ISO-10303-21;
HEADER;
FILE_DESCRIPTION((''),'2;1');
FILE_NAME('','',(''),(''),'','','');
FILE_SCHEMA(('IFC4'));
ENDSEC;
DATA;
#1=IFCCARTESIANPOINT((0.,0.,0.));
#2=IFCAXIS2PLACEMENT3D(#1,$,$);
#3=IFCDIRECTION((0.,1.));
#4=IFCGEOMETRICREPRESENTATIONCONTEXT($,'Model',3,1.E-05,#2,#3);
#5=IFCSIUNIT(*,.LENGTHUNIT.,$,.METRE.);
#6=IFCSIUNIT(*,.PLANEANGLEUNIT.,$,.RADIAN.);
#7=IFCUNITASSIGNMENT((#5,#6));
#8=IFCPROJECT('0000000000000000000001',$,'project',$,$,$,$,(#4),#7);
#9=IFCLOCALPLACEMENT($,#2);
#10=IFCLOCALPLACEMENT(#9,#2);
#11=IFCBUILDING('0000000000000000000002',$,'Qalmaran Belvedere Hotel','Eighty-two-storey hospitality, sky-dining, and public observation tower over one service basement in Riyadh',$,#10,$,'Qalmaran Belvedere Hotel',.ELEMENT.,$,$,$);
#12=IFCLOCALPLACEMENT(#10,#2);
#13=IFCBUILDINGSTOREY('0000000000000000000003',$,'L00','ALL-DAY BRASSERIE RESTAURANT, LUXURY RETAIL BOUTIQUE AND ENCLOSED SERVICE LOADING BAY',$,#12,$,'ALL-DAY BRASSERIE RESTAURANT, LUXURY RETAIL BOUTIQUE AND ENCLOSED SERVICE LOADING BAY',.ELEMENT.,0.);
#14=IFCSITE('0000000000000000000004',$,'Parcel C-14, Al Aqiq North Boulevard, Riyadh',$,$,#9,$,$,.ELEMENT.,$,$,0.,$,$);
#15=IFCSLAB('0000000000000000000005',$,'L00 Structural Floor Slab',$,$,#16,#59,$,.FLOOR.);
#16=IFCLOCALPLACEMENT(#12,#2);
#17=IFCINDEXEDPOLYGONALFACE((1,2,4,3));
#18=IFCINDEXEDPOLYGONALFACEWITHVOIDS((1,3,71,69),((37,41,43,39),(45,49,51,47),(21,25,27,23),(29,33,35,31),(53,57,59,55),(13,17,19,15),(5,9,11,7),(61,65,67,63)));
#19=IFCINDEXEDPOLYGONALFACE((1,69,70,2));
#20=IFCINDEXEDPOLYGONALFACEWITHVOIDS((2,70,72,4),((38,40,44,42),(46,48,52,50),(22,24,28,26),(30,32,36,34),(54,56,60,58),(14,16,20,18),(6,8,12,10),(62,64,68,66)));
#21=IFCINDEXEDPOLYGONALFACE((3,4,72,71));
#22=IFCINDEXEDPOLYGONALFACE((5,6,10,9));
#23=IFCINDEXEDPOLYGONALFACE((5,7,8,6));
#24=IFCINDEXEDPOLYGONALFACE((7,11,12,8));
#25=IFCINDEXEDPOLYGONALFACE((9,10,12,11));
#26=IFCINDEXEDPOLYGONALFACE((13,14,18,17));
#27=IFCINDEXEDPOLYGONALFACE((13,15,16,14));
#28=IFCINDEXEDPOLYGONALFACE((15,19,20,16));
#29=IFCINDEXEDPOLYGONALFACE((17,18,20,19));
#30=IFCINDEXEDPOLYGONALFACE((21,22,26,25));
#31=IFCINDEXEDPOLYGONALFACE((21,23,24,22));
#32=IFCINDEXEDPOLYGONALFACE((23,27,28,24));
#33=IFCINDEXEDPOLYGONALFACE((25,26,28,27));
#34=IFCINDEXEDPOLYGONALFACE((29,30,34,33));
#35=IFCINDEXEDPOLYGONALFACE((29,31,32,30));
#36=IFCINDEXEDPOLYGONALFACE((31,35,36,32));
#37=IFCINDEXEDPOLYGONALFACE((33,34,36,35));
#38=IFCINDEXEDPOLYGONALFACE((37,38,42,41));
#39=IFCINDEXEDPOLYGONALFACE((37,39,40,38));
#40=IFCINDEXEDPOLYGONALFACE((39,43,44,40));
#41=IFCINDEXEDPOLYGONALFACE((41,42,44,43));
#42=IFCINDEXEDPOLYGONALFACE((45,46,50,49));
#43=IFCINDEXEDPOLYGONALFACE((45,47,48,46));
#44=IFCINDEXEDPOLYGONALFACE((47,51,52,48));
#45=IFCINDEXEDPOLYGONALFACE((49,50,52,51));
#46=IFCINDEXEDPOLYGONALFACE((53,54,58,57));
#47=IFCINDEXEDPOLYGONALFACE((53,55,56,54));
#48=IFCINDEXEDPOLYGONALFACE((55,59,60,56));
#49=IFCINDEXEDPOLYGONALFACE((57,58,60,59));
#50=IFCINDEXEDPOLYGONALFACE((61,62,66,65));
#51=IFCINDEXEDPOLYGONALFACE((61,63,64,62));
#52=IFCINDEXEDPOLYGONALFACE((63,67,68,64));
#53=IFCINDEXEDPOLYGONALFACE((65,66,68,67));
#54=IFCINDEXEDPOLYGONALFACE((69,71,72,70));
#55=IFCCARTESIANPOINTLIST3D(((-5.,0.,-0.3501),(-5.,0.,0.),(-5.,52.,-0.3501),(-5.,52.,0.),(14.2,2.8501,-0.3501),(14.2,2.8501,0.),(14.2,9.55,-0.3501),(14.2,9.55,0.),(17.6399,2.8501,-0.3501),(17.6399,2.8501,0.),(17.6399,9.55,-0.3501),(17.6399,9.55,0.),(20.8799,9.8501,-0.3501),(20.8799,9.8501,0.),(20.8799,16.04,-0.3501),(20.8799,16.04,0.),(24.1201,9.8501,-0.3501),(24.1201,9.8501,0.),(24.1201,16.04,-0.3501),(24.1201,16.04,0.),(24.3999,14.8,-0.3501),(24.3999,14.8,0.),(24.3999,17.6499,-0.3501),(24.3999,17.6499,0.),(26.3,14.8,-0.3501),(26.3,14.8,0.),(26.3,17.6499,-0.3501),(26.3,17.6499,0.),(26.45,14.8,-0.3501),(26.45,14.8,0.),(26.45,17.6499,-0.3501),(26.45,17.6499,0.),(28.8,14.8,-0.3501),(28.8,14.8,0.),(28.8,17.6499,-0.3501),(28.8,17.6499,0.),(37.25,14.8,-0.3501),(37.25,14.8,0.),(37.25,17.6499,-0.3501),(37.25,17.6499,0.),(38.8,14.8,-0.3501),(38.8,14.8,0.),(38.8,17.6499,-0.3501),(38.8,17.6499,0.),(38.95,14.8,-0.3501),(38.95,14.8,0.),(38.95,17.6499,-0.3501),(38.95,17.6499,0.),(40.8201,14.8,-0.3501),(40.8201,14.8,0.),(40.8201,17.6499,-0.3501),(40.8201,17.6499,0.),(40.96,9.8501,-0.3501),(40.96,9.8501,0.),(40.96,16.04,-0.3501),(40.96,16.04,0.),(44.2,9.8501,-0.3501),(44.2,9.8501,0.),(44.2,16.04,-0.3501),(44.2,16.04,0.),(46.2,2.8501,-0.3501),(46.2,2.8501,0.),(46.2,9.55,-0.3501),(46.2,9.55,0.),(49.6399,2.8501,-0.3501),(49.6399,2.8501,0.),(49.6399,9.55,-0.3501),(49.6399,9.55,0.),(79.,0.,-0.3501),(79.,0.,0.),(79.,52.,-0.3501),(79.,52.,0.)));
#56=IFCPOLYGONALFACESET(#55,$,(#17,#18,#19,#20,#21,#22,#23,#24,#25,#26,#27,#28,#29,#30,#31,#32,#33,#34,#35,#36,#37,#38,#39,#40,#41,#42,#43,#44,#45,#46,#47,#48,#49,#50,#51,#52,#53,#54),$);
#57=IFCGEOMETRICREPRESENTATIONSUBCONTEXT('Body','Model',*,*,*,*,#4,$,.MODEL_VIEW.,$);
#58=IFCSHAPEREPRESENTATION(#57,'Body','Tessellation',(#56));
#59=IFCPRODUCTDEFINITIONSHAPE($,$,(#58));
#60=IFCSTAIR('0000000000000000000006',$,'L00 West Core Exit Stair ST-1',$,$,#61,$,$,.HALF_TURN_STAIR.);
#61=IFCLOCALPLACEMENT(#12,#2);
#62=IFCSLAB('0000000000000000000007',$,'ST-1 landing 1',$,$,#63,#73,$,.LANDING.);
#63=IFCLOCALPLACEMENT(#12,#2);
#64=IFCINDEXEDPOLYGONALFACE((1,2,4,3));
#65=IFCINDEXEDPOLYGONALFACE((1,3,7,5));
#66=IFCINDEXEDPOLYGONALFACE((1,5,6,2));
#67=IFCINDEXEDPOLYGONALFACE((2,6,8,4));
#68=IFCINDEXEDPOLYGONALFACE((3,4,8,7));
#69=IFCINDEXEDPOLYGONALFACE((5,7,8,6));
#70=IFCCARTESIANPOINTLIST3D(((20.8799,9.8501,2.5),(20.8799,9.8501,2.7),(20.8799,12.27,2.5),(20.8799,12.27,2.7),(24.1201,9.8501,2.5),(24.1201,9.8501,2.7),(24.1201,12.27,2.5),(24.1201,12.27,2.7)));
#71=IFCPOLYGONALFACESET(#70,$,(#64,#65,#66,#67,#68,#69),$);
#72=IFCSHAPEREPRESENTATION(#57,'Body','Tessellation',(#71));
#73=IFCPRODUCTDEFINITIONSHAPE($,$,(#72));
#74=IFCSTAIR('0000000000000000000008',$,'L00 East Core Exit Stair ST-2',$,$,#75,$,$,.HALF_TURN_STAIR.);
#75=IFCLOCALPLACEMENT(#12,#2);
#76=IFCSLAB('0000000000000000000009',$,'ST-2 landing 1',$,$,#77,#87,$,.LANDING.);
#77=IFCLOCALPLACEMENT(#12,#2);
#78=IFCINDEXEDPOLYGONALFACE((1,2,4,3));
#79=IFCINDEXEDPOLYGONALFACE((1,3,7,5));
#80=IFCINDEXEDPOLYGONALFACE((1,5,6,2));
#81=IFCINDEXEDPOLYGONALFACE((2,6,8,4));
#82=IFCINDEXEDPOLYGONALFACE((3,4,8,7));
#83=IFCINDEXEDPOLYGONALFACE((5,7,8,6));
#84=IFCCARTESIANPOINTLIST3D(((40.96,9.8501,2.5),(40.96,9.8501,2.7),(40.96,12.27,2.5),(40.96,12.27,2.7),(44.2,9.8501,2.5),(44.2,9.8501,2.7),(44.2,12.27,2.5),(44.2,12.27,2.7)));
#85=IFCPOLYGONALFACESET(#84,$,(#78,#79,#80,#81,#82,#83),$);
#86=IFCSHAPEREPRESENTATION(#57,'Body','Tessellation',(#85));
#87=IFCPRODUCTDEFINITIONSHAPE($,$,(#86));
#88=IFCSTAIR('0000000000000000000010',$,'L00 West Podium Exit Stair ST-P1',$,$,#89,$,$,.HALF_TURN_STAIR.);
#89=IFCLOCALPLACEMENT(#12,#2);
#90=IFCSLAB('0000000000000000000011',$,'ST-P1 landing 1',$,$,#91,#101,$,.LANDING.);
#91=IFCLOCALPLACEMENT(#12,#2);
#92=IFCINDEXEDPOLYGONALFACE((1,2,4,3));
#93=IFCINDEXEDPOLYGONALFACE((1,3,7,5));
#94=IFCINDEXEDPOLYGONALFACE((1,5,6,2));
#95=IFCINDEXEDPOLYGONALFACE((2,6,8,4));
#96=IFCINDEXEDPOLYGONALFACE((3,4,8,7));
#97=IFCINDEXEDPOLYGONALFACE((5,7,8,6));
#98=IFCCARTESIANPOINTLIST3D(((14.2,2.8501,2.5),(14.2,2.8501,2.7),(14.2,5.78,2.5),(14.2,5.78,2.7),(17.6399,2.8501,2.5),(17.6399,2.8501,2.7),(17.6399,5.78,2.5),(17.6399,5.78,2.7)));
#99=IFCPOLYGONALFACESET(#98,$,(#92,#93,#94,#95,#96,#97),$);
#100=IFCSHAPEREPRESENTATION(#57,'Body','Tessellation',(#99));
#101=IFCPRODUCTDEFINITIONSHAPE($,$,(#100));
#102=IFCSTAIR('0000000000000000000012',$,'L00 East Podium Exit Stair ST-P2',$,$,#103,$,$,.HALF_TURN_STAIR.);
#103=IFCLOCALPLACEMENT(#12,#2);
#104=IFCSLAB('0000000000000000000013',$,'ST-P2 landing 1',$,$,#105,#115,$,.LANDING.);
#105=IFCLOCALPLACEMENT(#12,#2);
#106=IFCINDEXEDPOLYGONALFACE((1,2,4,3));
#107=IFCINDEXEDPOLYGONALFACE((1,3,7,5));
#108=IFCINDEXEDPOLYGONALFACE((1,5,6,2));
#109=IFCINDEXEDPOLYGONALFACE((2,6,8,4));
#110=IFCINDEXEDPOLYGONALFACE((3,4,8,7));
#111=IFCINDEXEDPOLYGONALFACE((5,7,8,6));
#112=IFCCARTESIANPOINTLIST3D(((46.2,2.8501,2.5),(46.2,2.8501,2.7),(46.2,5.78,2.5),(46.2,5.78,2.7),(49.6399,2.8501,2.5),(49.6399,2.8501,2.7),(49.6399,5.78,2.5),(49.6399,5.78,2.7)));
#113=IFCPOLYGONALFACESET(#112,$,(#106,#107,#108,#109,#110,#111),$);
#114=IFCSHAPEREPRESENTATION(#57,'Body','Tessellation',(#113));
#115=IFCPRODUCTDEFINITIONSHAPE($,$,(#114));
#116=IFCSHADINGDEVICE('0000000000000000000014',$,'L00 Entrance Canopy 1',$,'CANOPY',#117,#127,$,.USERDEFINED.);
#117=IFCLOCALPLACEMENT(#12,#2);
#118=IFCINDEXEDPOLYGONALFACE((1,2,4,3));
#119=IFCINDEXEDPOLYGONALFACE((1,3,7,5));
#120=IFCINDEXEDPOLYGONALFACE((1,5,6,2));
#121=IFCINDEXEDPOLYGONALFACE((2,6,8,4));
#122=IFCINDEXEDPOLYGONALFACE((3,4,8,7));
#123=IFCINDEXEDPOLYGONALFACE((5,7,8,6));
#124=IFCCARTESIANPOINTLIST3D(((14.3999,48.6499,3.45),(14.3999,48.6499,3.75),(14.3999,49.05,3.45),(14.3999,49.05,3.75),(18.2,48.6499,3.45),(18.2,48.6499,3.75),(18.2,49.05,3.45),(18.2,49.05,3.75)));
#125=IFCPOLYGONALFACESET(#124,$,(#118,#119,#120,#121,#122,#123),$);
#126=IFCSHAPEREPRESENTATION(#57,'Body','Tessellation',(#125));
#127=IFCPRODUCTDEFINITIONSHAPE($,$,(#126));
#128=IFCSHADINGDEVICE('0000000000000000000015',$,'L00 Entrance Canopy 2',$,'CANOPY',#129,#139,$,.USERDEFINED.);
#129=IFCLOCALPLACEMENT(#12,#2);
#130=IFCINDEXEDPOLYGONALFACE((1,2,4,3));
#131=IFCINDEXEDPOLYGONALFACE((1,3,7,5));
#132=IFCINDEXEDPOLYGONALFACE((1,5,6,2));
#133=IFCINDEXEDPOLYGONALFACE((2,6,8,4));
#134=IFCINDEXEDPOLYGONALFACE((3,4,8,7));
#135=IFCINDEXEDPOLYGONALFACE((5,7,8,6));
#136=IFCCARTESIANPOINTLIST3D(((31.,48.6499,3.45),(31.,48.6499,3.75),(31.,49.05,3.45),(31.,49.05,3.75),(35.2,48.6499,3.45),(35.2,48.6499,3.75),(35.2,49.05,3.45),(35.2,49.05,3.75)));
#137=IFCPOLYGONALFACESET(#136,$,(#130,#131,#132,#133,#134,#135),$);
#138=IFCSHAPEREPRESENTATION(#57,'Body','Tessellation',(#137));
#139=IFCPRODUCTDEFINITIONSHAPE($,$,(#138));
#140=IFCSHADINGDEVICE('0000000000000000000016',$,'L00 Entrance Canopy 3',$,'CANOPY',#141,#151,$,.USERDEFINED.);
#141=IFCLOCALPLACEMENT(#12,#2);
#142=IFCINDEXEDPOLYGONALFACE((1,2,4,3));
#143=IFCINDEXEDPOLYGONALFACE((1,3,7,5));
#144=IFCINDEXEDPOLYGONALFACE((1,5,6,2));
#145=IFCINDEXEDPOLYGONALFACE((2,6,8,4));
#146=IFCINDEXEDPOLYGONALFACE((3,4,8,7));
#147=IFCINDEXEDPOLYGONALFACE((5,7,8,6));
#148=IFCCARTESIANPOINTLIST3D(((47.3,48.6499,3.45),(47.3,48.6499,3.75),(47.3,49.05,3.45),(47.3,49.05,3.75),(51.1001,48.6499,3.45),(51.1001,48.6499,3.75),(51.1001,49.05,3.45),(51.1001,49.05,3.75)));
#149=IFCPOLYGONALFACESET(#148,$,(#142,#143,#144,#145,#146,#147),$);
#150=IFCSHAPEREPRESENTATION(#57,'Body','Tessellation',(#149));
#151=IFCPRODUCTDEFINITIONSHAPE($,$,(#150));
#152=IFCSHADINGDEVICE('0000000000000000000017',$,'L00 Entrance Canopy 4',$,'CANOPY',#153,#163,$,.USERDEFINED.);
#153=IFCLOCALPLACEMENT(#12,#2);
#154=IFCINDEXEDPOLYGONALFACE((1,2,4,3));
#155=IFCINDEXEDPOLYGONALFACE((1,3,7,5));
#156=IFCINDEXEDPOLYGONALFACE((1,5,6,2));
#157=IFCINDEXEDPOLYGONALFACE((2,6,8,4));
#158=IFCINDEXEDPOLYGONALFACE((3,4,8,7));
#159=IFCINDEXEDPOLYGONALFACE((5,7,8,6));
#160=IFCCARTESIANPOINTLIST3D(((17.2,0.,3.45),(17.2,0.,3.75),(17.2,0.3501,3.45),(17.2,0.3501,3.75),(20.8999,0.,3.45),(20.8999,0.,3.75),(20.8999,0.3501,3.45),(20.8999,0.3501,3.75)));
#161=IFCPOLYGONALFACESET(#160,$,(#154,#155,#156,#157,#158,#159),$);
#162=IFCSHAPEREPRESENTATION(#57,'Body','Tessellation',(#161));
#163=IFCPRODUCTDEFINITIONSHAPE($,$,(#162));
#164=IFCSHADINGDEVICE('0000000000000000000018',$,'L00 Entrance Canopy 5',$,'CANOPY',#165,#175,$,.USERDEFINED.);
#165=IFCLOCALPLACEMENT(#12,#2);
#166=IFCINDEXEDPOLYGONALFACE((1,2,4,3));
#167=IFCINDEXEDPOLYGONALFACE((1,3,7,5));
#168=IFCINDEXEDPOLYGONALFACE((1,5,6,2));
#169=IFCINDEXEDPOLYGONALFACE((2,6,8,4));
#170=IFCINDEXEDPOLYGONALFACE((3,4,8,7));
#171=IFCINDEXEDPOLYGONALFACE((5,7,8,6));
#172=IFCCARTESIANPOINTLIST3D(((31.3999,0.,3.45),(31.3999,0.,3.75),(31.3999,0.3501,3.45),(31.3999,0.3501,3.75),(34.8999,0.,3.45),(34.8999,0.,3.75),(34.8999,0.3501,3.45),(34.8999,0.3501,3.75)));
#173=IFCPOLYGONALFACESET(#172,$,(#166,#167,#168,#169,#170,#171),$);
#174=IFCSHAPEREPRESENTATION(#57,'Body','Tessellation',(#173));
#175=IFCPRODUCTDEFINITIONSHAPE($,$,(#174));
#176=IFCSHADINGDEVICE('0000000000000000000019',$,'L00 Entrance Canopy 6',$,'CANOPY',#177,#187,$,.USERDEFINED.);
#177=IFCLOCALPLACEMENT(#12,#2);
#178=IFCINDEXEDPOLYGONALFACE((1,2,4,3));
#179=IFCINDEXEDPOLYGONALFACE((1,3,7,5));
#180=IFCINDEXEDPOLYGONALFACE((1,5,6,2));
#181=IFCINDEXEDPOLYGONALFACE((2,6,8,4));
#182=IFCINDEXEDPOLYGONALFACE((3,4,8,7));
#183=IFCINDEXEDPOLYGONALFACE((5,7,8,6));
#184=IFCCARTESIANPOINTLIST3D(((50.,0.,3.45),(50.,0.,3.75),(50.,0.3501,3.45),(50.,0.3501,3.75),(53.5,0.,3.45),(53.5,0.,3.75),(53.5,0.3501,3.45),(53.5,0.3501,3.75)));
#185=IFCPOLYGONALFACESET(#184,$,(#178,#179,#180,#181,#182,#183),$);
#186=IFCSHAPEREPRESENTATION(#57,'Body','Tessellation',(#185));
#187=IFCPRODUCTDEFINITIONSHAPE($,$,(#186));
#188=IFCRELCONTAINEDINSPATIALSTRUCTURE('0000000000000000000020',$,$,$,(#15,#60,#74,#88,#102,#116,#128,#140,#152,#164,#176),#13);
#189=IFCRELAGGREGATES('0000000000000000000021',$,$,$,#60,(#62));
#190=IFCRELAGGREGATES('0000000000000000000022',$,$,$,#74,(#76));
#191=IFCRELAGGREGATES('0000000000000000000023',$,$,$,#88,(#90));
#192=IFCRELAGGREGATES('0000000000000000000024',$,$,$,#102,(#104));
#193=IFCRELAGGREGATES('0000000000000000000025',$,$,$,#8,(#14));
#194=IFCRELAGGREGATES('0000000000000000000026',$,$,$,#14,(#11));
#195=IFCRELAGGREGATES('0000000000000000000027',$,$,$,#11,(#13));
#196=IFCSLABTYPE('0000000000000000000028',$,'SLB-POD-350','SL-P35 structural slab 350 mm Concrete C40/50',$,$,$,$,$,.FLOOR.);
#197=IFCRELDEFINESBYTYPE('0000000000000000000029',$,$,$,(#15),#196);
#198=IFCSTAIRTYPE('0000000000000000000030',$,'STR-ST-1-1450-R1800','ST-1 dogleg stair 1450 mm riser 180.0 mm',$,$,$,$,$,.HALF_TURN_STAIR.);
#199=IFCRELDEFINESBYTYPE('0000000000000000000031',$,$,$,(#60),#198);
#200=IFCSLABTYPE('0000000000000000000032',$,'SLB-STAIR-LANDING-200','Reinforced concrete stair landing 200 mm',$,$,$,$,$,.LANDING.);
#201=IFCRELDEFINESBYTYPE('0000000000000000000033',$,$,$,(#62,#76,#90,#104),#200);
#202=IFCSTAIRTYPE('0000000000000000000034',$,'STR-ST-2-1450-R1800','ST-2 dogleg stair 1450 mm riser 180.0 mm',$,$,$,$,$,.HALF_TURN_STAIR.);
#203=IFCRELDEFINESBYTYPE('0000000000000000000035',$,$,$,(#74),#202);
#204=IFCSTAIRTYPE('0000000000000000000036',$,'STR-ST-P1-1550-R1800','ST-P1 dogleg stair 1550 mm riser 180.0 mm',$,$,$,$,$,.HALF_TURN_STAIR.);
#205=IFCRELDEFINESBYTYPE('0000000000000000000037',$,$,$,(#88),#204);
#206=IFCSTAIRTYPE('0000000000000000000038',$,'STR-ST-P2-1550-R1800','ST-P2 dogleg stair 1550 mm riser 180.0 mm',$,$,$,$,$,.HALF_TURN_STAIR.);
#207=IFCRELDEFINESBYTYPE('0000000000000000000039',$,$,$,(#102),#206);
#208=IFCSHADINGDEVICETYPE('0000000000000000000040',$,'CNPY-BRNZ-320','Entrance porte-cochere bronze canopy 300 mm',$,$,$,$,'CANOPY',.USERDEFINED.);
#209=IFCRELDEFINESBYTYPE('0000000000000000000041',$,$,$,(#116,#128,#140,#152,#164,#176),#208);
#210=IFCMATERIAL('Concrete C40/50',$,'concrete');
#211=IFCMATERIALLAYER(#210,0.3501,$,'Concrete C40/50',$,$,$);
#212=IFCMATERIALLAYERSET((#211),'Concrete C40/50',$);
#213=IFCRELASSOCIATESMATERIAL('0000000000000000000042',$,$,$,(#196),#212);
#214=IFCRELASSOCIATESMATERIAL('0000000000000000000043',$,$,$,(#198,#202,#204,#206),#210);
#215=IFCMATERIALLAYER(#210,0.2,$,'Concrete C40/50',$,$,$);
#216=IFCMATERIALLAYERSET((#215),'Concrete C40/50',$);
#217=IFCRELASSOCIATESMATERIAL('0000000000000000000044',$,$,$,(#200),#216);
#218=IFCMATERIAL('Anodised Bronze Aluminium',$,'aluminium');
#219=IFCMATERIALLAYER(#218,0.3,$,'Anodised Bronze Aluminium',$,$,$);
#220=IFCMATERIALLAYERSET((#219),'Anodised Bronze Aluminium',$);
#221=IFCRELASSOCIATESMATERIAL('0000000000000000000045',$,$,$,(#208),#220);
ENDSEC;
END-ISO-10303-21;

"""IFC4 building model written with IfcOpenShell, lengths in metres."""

from ifc_helpers import new_model, si_unit, direction, frame, origin, place, context, subcontext, project, spatial, polyline, outline, extrude, material, layer, layer_set, type_object, element, aggregate, save


model = new_model("IFC4")

# Units and contexts
model_context = context("Model", 3, precision=1e-05, world=origin(), true_north=direction((0.0, 1.0)))
body_context = subcontext(model_context, "Body", "Model", "MODEL_VIEW")
ifc_project = project(units=[si_unit("LENGTHUNIT", "METRE"), si_unit("PLANEANGLEUNIT", "RADIAN")], contexts=[model_context])

# Site, building, storey
site_placement = place(None, origin())
site = spatial("IfcSite", under=ifc_project, at=site_placement, Name="Parcel C-14, Al Aqiq North Boulevard, Riyadh", CompositionType="ELEMENT", RefElevation=0.0)
building_placement = place(site_placement, origin())
building = spatial("IfcBuilding", under=site, at=building_placement, Name="Qalmaran Belvedere Hotel", Description="Eighty-two-storey hospitality, sky-dining, and public observation tower over one service basement in Riyadh", LongName="Qalmaran Belvedere Hotel", CompositionType="ELEMENT")
storey_placement = place(building_placement, origin())
storey = spatial("IfcBuildingStorey", under=building, at=storey_placement, Name="L00", Description="ALL-DAY BRASSERIE RESTAURANT, LUXURY RETAIL BOUTIQUE AND ENCLOSED SERVICE LOADING BAY", LongName="ALL-DAY BRASSERIE RESTAURANT, LUXURY RETAIL BOUTIQUE AND ENCLOSED SERVICE LOADING BAY", CompositionType="ELEMENT", Elevation=0.0)

# Slab
ifc_material_1 = material(Name="Concrete C40/50", Category="concrete")
ifc_layer_1 = layer(ifc_material_1, 0.3501, Name="Concrete C40/50")
ifc_layer_set_1 = layer_set([ifc_layer_1], Name="Concrete C40/50")
slab_type_1 = type_object("IfcSlabType", Name="SLB-POD-350", Description="SL-P35 structural slab 350 mm Concrete C40/50", PredefinedType="FLOOR", material=ifc_layer_set_1)
slab_1_placement = place(storey_placement, frame((0.0, 0.0, -0.3501)))
element("IfcSlab", 1, at=slab_1_placement, inside=storey, type_object=slab_type_1, Name="L00 Structural Floor Slab", PredefinedType="FLOOR", context=body_context, shape_type="SweptSolid", body=[
    extrude(outline(polyline([(-5.0, 0.0), (79.0, 0.0), (79.0, 52.0), (-5.0, 52.0), (-5.0, 0.0)]), holes=[polyline([(20.8799, 9.8501), (24.1201, 9.8501), (24.1201, 16.04), (20.8799, 16.04), (20.8799, 9.8501)]), polyline([(40.96, 9.8501), (44.2, 9.8501), (44.2, 16.04), (40.96, 16.04), (40.96, 9.8501)]), polyline([(14.2, 2.8501), (17.6399, 2.8501), (17.6399, 9.55), (14.2, 9.55), (14.2, 2.8501)]), polyline([(46.2, 2.8501), (49.6399, 2.8501), (49.6399, 9.55), (46.2, 9.55), (46.2, 2.8501)]), polyline([(24.3999, 14.8), (26.3, 14.8), (26.3, 17.6499), (24.3999, 17.6499), (24.3999, 14.8)]), polyline([(38.95, 14.8), (40.8201, 14.8), (40.8201, 17.6499), (38.95, 17.6499), (38.95, 14.8)]), polyline([(26.45, 14.8), (28.8, 14.8), (28.8, 17.6499), (26.45, 17.6499), (26.45, 14.8)]), polyline([(37.25, 14.8), (38.8, 14.8), (38.8, 17.6499), (37.25, 17.6499), (37.25, 14.8)])]), origin(), (0.0, 0.0, 1.0), 0.3501),
])

# Stairs, slabs
stair_type_1 = type_object("IfcStairType", Name="STR-ST-1-1450-R1800", Description="ST-1 dogleg stair 1450 mm riser 180.0 mm", PredefinedType="HALF_TURN_STAIR", material=ifc_material_1)
stair_1_placement = place(storey_placement, origin())
stair_1 = element("IfcStair", 2, at=stair_1_placement, inside=storey, type_object=stair_type_1, Name="L00 West Core Exit Stair ST-1", PredefinedType="HALF_TURN_STAIR")
ifc_layer_2 = layer(ifc_material_1, 0.2, Name="Concrete C40/50")
ifc_layer_set_2 = layer_set([ifc_layer_2], Name="Concrete C40/50")
slab_type_2 = type_object("IfcSlabType", Name="SLB-STAIR-LANDING-200", Description="Reinforced concrete stair landing 200 mm", PredefinedType="LANDING", material=ifc_layer_set_2)
slab_2_placement = place(storey_placement, frame((0.0, 0.0, 2.5)))
slab_2 = element("IfcSlab", 3, at=slab_2_placement, type_object=slab_type_2, Name="ST-1 landing 1", PredefinedType="LANDING", context=body_context, shape_type="SweptSolid", body=[
    extrude(outline(polyline([(20.8799, 12.27), (20.8799, 9.8501), (24.1201, 9.8501), (24.1201, 12.27), (20.8799, 12.27)])), origin(), (0.0, 0.0, 1.0), 0.2),
])
aggregate(stair_1, [slab_2])
stair_type_2 = type_object("IfcStairType", Name="STR-ST-2-1450-R1800", Description="ST-2 dogleg stair 1450 mm riser 180.0 mm", PredefinedType="HALF_TURN_STAIR", material=ifc_material_1)
stair_2_placement = place(storey_placement, origin())
stair_2 = element("IfcStair", 4, at=stair_2_placement, inside=storey, type_object=stair_type_2, Name="L00 East Core Exit Stair ST-2", PredefinedType="HALF_TURN_STAIR")
slab_3_placement = place(storey_placement, frame((0.0, 0.0, 2.5)))
slab_3 = element("IfcSlab", 5, at=slab_3_placement, type_object=slab_type_2, Name="ST-2 landing 1", PredefinedType="LANDING", context=body_context, shape_type="SweptSolid", body=[
    extrude(outline(polyline([(40.96, 12.27), (40.96, 9.8501), (44.2, 9.8501), (44.2, 12.27), (40.96, 12.27)])), origin(), (0.0, 0.0, 1.0), 0.2),
])
aggregate(stair_2, [slab_3])
stair_type_3 = type_object("IfcStairType", Name="STR-ST-P1-1550-R1800", Description="ST-P1 dogleg stair 1550 mm riser 180.0 mm", PredefinedType="HALF_TURN_STAIR", material=ifc_material_1)
stair_3_placement = place(storey_placement, origin())
stair_3 = element("IfcStair", 6, at=stair_3_placement, inside=storey, type_object=stair_type_3, Name="L00 West Podium Exit Stair ST-P1", PredefinedType="HALF_TURN_STAIR")
slab_4_placement = place(storey_placement, frame((0.0, 0.0, 2.5)))
slab_4 = element("IfcSlab", 7, at=slab_4_placement, type_object=slab_type_2, Name="ST-P1 landing 1", PredefinedType="LANDING", context=body_context, shape_type="SweptSolid", body=[
    extrude(outline(polyline([(14.2, 5.78), (14.2, 2.8501), (17.6399, 2.8501), (17.6399, 5.78), (14.2, 5.78)])), origin(), (0.0, 0.0, 1.0), 0.2),
])
aggregate(stair_3, [slab_4])
stair_type_4 = type_object("IfcStairType", Name="STR-ST-P2-1550-R1800", Description="ST-P2 dogleg stair 1550 mm riser 180.0 mm", PredefinedType="HALF_TURN_STAIR", material=ifc_material_1)
stair_4_placement = place(storey_placement, origin())
stair_4 = element("IfcStair", 8, at=stair_4_placement, inside=storey, type_object=stair_type_4, Name="L00 East Podium Exit Stair ST-P2", PredefinedType="HALF_TURN_STAIR")
slab_5_placement = place(storey_placement, frame((0.0, 0.0, 2.5)))
slab_5 = element("IfcSlab", 9, at=slab_5_placement, type_object=slab_type_2, Name="ST-P2 landing 1", PredefinedType="LANDING", context=body_context, shape_type="SweptSolid", body=[
    extrude(outline(polyline([(46.2, 5.78), (46.2, 2.8501), (49.6399, 2.8501), (49.6399, 5.78), (46.2, 5.78)])), origin(), (0.0, 0.0, 1.0), 0.2),
])
aggregate(stair_4, [slab_5])

# Shading devices
ifc_material_2 = material(Name="Anodised Bronze Aluminium", Category="aluminium")
ifc_layer_3 = layer(ifc_material_2, 0.3, Name="Anodised Bronze Aluminium")
ifc_layer_set_3 = layer_set([ifc_layer_3], Name="Anodised Bronze Aluminium")
shading_device_type = type_object("IfcShadingDeviceType", Name="CNPY-BRNZ-320", Description="Entrance porte-cochere bronze canopy 300 mm", ElementType="CANOPY", PredefinedType="USERDEFINED", material=ifc_layer_set_3)
shading_device_1_placement = place(storey_placement, frame((0.0, 0.0, 3.45)))
element("IfcShadingDevice", 10, at=shading_device_1_placement, inside=storey, type_object=shading_device_type, Name="L00 Entrance Canopy 1", ObjectType="CANOPY", PredefinedType="USERDEFINED", context=body_context, shape_type="SweptSolid", body=[
    extrude(outline(polyline([(14.3999, 48.6499), (18.2, 48.6499), (18.2, 49.05), (14.3999, 49.05), (14.3999, 48.6499)])), origin(), (0.0, 0.0, 1.0), 0.3),
])
shading_device_2_placement = place(storey_placement, frame((0.0, 0.0, 3.45)))
element("IfcShadingDevice", 11, at=shading_device_2_placement, inside=storey, type_object=shading_device_type, Name="L00 Entrance Canopy 2", ObjectType="CANOPY", PredefinedType="USERDEFINED", context=body_context, shape_type="SweptSolid", body=[
    extrude(outline(polyline([(31.0, 48.6499), (35.2, 48.6499), (35.2, 49.05), (31.0, 49.05), (31.0, 48.6499)])), origin(), (0.0, 0.0, 1.0), 0.3),
])
shading_device_3_placement = place(storey_placement, frame((0.0, 0.0, 3.45)))
element("IfcShadingDevice", 12, at=shading_device_3_placement, inside=storey, type_object=shading_device_type, Name="L00 Entrance Canopy 3", ObjectType="CANOPY", PredefinedType="USERDEFINED", context=body_context, shape_type="SweptSolid", body=[
    extrude(outline(polyline([(47.3, 48.6499), (51.1001, 48.6499), (51.1001, 49.05), (47.3, 49.05), (47.3, 48.6499)])), origin(), (0.0, 0.0, 1.0), 0.3),
])
shading_device_4_placement = place(storey_placement, frame((0.0, 0.0, 3.45)))
element("IfcShadingDevice", 13, at=shading_device_4_placement, inside=storey, type_object=shading_device_type, Name="L00 Entrance Canopy 4", ObjectType="CANOPY", PredefinedType="USERDEFINED", context=body_context, shape_type="SweptSolid", body=[
    extrude(outline(polyline([(17.2, 0.0), (20.8999, 0.0), (20.8999, 0.3501), (17.2, 0.3501), (17.2, 0.0)])), origin(), (0.0, 0.0, 1.0), 0.3),
])
shading_device_5_placement = place(storey_placement, frame((0.0, 0.0, 3.45)))
element("IfcShadingDevice", 14, at=shading_device_5_placement, inside=storey, type_object=shading_device_type, Name="L00 Entrance Canopy 5", ObjectType="CANOPY", PredefinedType="USERDEFINED", context=body_context, shape_type="SweptSolid", body=[
    extrude(outline(polyline([(31.3999, 0.0), (34.8999, 0.0), (34.8999, 0.3501), (31.3999, 0.3501), (31.3999, 0.0)])), origin(), (0.0, 0.0, 1.0), 0.3),
])
shading_device_6_placement = place(storey_placement, frame((0.0, 0.0, 3.45)))
element("IfcShadingDevice", 15, at=shading_device_6_placement, inside=storey, type_object=shading_device_type, Name="L00 Entrance Canopy 6", ObjectType="CANOPY", PredefinedType="USERDEFINED", context=body_context, shape_type="SweptSolid", body=[
    extrude(outline(polyline([(50.0, 0.0), (53.5, 0.0), (53.5, 0.3501), (50.0, 0.3501), (50.0, 0.0)])), origin(), (0.0, 0.0, 1.0), 0.3),
])

save(model, "model.ifc")
